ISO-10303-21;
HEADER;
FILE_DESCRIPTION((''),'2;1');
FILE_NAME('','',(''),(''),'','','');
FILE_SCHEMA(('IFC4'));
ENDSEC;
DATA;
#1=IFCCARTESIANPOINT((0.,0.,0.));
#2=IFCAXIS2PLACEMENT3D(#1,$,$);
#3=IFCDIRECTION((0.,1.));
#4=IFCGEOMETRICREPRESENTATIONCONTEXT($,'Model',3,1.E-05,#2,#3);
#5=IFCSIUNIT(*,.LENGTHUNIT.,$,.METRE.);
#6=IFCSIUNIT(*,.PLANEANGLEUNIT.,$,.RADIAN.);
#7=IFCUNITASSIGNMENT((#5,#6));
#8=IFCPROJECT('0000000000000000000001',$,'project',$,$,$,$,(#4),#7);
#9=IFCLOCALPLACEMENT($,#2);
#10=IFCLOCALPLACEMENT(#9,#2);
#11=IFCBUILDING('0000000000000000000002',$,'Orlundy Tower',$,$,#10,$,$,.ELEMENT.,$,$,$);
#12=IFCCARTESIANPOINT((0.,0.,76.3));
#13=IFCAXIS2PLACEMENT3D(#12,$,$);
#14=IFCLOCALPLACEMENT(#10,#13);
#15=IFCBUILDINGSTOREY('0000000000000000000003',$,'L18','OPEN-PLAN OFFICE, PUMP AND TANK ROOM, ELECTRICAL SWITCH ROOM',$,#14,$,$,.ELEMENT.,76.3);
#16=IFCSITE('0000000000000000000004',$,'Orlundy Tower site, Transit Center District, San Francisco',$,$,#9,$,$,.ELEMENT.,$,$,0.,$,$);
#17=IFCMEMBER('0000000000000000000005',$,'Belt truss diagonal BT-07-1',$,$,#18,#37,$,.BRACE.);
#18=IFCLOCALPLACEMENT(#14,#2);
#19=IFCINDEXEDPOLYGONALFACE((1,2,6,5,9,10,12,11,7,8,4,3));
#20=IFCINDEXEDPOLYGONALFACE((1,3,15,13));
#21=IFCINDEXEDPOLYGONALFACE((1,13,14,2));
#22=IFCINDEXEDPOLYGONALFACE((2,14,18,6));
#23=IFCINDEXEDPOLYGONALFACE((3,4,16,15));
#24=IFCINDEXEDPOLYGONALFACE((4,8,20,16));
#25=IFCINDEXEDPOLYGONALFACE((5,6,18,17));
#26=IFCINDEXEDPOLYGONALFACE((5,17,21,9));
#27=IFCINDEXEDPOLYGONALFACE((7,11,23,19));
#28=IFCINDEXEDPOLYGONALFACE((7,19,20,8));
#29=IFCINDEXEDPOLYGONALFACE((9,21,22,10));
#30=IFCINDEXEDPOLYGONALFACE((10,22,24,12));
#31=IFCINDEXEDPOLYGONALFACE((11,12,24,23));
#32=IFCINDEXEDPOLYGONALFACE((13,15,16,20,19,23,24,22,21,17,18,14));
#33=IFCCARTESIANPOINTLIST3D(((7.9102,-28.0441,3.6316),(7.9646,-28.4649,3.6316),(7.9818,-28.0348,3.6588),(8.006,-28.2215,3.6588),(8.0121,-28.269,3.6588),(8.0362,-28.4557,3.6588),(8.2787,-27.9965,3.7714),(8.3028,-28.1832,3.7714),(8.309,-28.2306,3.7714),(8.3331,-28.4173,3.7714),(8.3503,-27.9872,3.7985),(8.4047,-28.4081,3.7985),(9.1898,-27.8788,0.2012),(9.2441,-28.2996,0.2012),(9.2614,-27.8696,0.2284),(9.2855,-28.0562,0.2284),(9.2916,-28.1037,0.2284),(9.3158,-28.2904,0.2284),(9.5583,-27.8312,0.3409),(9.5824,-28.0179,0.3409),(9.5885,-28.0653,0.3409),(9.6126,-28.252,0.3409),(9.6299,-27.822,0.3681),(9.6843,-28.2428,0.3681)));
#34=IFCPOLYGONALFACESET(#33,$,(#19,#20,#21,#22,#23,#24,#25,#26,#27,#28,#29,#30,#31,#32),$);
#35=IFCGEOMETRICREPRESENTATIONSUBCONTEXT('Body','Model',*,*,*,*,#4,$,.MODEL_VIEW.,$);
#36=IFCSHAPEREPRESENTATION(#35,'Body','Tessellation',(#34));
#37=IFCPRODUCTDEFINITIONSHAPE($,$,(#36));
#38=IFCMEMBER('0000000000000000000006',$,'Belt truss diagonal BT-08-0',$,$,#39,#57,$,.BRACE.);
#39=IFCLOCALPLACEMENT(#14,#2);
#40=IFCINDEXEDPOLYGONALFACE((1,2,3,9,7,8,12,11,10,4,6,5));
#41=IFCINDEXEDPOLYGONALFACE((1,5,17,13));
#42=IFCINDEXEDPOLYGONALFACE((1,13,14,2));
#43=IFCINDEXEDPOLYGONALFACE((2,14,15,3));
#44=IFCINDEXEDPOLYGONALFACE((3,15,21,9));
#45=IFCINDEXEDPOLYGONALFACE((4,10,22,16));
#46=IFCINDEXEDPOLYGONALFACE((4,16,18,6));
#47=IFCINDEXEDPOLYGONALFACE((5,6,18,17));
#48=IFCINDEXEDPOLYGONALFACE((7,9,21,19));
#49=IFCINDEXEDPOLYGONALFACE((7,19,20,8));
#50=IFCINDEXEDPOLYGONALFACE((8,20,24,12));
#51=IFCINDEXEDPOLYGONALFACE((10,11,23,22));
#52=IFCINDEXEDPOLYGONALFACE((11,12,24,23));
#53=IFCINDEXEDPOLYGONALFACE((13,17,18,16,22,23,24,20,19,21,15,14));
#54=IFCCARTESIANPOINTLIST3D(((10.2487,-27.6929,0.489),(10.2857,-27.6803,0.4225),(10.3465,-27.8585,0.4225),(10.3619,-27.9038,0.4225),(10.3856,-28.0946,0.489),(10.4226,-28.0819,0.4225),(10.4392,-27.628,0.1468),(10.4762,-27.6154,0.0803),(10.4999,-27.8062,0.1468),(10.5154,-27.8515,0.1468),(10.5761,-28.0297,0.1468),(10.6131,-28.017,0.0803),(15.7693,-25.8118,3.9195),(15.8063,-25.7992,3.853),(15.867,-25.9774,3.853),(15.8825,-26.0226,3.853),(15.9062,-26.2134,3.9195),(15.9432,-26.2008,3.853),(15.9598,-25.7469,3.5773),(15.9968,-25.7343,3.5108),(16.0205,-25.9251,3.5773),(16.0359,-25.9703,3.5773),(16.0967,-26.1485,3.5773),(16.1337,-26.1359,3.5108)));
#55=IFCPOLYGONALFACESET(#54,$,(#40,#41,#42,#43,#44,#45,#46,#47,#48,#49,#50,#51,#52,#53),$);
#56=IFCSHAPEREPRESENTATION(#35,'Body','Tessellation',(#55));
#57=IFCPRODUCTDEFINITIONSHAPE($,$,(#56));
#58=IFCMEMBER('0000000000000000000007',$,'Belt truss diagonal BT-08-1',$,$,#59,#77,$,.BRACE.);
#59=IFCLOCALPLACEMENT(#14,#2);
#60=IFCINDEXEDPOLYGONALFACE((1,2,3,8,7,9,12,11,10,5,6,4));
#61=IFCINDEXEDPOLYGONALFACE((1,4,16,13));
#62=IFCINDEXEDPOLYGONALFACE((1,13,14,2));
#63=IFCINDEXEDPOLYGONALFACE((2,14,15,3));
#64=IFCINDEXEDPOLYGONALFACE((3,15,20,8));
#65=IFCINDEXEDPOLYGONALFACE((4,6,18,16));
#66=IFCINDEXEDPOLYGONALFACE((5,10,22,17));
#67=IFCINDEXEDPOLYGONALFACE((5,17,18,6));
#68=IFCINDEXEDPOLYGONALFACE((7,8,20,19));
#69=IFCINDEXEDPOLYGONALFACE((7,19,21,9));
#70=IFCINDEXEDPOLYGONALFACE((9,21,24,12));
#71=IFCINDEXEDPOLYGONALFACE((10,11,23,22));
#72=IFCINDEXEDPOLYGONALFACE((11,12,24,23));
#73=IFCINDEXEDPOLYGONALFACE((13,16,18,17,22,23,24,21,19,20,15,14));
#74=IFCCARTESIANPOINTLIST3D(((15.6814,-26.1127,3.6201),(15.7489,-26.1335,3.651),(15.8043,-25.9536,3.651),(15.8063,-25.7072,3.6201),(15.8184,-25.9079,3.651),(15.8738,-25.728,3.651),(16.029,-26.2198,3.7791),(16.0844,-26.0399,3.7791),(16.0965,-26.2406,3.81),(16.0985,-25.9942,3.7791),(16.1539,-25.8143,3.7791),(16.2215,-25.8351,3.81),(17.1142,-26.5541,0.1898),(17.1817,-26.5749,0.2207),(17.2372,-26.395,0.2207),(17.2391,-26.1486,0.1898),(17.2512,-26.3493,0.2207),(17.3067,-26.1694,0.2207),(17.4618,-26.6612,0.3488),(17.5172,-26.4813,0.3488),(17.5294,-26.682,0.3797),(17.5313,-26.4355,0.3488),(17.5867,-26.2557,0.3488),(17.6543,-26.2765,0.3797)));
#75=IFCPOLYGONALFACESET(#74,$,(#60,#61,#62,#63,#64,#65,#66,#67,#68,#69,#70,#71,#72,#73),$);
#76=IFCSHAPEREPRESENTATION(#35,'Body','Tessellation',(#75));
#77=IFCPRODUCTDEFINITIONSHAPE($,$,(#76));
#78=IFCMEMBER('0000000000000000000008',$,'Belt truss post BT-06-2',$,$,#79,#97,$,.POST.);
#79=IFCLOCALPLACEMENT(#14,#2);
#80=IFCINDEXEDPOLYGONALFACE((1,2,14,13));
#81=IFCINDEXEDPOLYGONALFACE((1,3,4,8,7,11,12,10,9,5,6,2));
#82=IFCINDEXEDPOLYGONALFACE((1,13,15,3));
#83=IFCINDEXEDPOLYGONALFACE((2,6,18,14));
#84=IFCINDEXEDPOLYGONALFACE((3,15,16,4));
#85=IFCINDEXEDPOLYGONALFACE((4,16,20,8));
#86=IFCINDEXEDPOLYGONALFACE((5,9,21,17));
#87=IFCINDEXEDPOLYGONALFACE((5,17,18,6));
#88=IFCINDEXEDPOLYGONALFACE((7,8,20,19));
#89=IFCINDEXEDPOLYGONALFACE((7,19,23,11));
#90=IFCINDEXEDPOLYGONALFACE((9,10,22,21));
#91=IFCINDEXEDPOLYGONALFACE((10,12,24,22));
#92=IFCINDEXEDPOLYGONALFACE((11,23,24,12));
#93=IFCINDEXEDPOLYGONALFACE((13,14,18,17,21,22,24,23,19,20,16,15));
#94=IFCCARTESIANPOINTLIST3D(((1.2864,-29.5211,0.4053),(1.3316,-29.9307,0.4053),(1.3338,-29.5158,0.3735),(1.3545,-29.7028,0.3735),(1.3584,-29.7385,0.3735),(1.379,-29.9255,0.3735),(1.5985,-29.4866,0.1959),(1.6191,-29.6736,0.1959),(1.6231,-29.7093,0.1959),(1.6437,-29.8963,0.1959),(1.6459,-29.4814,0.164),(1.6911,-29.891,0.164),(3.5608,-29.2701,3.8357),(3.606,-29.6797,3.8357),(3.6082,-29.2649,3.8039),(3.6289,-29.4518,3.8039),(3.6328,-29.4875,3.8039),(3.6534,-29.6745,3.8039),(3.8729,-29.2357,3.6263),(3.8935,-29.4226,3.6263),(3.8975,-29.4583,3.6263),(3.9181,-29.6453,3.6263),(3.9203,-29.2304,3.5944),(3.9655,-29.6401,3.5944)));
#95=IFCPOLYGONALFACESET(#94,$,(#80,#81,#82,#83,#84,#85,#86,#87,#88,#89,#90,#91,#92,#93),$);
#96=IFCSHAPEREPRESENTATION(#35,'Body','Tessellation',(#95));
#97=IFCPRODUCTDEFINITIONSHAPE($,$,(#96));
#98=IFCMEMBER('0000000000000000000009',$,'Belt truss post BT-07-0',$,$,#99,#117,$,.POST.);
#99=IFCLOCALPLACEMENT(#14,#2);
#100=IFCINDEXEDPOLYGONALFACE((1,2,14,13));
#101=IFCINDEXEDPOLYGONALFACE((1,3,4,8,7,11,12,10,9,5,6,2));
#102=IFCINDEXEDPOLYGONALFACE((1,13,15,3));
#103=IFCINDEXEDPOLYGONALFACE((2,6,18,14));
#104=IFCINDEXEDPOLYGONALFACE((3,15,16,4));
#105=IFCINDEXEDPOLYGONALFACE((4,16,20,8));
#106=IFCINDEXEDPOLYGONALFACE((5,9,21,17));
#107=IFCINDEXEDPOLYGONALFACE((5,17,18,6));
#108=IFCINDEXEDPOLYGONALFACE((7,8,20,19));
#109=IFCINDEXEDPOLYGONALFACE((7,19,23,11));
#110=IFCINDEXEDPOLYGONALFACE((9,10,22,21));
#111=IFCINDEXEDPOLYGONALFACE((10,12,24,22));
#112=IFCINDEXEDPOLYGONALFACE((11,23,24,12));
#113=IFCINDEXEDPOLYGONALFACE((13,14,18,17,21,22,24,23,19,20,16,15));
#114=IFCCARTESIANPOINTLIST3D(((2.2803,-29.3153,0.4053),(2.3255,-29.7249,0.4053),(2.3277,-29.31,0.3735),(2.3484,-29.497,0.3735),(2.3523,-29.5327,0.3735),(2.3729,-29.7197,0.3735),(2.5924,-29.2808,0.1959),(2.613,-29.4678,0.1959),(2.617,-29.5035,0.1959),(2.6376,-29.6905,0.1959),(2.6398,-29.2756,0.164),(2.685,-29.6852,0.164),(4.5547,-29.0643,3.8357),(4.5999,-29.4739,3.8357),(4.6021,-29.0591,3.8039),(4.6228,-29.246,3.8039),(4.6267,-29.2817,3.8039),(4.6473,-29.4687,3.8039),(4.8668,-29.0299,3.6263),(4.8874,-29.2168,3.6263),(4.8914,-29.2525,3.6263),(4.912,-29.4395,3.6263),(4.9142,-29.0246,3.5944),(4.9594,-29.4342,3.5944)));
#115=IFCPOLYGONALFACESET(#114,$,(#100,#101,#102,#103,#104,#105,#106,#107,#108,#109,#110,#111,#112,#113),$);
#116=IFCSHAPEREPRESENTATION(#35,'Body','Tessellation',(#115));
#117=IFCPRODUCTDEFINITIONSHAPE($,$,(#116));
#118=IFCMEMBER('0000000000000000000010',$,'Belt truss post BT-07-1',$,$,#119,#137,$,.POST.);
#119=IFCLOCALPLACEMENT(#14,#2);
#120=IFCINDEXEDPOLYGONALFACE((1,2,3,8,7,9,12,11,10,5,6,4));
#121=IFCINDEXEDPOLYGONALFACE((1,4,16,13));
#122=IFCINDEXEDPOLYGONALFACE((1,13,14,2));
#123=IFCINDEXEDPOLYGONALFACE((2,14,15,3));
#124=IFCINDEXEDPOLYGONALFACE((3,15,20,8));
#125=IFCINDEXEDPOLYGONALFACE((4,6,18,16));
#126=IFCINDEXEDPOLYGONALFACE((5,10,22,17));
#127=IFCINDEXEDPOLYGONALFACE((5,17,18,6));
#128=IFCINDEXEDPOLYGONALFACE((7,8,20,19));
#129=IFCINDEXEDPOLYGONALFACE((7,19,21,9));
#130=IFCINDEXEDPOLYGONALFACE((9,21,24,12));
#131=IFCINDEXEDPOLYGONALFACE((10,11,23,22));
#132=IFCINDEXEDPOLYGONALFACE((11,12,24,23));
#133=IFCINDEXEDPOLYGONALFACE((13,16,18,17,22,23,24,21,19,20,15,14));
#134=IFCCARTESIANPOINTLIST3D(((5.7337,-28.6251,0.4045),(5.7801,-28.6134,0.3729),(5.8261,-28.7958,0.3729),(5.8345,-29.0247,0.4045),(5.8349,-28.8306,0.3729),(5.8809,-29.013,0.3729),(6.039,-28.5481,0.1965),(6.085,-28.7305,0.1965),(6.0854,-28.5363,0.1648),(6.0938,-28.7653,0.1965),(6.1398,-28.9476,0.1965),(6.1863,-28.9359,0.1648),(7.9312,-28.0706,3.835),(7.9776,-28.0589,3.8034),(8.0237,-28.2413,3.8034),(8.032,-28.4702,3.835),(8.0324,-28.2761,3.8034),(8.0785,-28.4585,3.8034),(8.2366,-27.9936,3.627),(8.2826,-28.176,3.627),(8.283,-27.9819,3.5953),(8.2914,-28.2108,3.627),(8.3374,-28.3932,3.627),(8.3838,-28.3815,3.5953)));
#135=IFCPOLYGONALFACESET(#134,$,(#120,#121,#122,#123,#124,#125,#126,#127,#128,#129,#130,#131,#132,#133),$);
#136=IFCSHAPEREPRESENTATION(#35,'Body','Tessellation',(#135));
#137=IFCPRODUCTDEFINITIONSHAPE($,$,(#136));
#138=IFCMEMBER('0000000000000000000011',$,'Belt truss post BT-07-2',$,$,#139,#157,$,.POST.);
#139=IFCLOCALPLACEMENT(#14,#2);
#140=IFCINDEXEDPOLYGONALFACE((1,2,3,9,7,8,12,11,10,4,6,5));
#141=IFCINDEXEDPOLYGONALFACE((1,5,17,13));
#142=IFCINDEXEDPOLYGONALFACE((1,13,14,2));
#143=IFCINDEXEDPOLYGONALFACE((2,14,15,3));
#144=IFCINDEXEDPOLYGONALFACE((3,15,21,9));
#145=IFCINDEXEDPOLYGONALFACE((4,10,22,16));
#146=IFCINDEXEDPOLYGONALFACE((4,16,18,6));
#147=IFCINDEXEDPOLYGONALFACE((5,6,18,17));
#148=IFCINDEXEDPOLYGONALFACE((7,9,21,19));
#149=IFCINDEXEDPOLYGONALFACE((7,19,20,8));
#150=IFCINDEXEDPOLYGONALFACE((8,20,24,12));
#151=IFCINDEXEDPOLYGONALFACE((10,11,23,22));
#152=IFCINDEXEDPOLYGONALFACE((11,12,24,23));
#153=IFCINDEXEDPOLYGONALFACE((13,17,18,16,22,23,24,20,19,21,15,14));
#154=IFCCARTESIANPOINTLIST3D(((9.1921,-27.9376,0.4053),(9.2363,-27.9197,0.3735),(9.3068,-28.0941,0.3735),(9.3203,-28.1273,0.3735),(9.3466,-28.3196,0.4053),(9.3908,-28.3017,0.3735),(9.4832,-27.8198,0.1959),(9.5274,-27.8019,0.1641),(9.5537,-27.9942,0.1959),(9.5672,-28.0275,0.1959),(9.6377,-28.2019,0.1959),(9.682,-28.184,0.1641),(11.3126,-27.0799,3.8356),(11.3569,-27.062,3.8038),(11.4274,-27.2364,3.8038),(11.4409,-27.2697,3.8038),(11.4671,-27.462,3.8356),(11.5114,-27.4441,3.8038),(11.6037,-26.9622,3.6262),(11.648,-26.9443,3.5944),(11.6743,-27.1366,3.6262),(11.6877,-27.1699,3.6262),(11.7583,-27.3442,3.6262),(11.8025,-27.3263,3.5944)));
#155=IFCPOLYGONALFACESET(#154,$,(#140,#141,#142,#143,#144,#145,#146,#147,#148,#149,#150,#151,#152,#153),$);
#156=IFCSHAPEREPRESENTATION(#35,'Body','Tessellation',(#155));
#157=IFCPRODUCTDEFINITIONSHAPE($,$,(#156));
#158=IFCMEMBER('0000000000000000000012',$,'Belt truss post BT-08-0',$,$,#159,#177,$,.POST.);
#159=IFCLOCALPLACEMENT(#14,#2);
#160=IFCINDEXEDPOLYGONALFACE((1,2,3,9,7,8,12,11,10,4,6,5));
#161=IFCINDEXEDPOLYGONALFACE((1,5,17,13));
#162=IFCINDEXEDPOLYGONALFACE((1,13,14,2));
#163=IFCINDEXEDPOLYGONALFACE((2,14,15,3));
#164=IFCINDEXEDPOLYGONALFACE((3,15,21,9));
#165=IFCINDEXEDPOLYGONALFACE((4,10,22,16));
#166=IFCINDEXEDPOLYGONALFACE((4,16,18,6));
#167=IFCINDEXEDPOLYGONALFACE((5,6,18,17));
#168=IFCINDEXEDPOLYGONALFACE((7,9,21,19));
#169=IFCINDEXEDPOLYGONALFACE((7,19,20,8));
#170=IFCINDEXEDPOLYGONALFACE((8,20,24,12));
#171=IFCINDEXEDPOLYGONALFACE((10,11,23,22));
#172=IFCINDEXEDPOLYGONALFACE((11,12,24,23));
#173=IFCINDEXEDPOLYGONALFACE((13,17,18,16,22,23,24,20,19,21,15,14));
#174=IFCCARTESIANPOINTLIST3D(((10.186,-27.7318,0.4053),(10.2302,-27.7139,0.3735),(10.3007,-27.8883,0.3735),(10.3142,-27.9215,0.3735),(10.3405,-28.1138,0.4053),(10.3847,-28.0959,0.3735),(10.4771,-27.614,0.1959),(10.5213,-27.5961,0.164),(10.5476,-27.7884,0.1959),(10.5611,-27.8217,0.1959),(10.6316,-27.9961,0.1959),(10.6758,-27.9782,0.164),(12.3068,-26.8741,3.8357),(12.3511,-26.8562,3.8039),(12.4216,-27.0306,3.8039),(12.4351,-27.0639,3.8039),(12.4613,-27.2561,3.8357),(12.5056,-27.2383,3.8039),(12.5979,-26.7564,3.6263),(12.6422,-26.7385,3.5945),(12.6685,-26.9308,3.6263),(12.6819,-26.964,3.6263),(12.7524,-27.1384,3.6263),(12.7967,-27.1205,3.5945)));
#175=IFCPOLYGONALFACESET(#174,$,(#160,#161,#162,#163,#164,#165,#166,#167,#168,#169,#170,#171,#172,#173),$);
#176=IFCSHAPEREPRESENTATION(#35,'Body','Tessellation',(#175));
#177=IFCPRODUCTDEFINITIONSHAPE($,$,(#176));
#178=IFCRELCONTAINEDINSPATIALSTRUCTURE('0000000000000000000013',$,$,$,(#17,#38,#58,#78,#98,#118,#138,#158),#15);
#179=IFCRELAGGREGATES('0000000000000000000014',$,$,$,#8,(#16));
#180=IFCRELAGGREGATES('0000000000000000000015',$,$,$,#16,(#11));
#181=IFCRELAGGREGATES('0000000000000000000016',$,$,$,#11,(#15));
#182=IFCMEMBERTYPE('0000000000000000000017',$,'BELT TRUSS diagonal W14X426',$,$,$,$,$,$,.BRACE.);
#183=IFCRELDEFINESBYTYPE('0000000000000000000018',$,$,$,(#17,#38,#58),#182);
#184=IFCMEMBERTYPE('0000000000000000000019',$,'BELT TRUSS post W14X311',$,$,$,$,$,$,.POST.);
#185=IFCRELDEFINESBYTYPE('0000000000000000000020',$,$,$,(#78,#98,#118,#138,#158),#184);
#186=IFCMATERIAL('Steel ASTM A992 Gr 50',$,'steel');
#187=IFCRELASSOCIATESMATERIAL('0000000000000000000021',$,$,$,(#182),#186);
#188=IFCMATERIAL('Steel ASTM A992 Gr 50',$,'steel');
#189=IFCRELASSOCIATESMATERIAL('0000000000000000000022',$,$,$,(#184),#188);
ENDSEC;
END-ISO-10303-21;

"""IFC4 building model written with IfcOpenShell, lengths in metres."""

from ifc_helpers import new_model, si_unit, direction, frame, origin, origin_2d, place, context, subcontext, project, spatial, i_section, extrude, material, material_profile, profile_set, type_object, element, save


model = new_model("IFC4")

# Units and contexts
model_context = context("Model", 3, precision=1e-05, world=origin(), true_north=direction((0.0, 1.0)))
body_context = subcontext(model_context, "Body", "Model", "MODEL_VIEW")
ifc_project = project(units=[si_unit("LENGTHUNIT", "METRE"), si_unit("PLANEANGLEUNIT", "RADIAN")], contexts=[model_context])

# Site, building, storey
site_placement = place(None, origin())
site = spatial("IfcSite", under=ifc_project, at=site_placement, Name="Orlundy Tower site, Transit Center District, San Francisco", CompositionType="ELEMENT", RefElevation=0.0)
building_placement = place(site_placement, origin())
building = spatial("IfcBuilding", under=site, at=building_placement, Name="Orlundy Tower", CompositionType="ELEMENT")
storey_placement = place(building_placement, frame((0.0, 0.0, 76.3)))
storey = spatial("IfcBuildingStorey", under=building, at=storey_placement, Name="L18", Description="OPEN-PLAN OFFICE, PUMP AND TANK ROOM, ELECTRICAL SWITCH ROOM", CompositionType="ELEMENT", Elevation=76.3)

# Members
ifc_material_1 = material(Name="Steel ASTM A992 Gr 50", Category="steel")
ifc_material_profile_1 = material_profile(ifc_material_1, i_section(OverallWidth=0.4243, OverallDepth=0.4741, WebThickness=0.0479, FlangeThickness=0.0771, at=origin_2d()), Name="W14X426")
ifc_profile_set_1 = profile_set([ifc_material_profile_1], Name="Steel ASTM A992 Gr 50")
member_type_1 = type_object("IfcMemberType", Name="BELT TRUSS diagonal W14X426", PredefinedType="BRACE", material=ifc_profile_set_1)
member_1_placement = place(storey_placement, frame((8.1575, -28.2261, 3.7151), z_axis=(0.349123, 0.045098, -0.935991), x_axis=(-0.128109, 0.99176, 0.0)))
element("IfcMember", 1, at=member_1_placement, inside=storey, type_object=member_type_1, Name="Belt truss diagonal BT-07-1", PredefinedType="BRACE", context=body_context, shape_type="SweptSolid", body=[
    extrude(i_section(OverallWidth=0.4243, OverallDepth=0.4741, WebThickness=0.0479, FlangeThickness=0.0771, at=origin_2d()), origin(), (0.0, 0.0, 1.0), 3.665),
])
member_2_placement = place(storey_placement, frame((10.4309, -27.855, 0.2847), z_axis=(0.815887, 0.278012, 0.506989), x_axis=(-0.322538, 0.946557, 0.0)))
element("IfcMember", 2, at=member_2_placement, inside=storey, type_object=member_type_1, Name="Belt truss diagonal BT-08-0", PredefinedType="BRACE", context=body_context, shape_type="SweptSolid", body=[
    extrude(i_section(OverallWidth=0.4243, OverallDepth=0.4741, WebThickness=0.0479, FlangeThickness=0.0771, at=origin_2d()), origin(), (0.0, 0.0, 1.0), 6.7664),
])
member_3_placement = place(storey_placement, frame((15.9514, -25.9739, 3.7151), z_axis=(0.382734, -0.117905, -0.916304), x_axis=(0.294406, 0.95568, 0.0)))
element("IfcMember", 3, at=member_3_placement, inside=storey, type_object=member_type_1, Name="Belt truss diagonal BT-08-1", PredefinedType="BRACE", context=body_context, shape_type="SweptSolid", body=[
    extrude(i_section(OverallWidth=0.4243, OverallDepth=0.4741, WebThickness=0.0479, FlangeThickness=0.0771, at=origin_2d()), origin(), (0.0, 0.0, 1.0), 3.7437),
])
ifc_material_2 = material(Name="Steel ASTM A992 Gr 50", Category="steel")
ifc_material_profile_2 = material_profile(ifc_material_2, i_section(OverallWidth=0.4121, OverallDepth=0.4348, WebThickness=0.0359, FlangeThickness=0.0574, at=origin_2d()), Name="W14X311")
ifc_profile_set_2 = profile_set([ifc_material_profile_2], Name="Steel ASTM A992 Gr 50")
member_type_2 = type_object("IfcMemberType", Name="BELT TRUSS post W14X311", PredefinedType="POST", material=ifc_profile_set_2)
for number, where, z_axis, x_axis, name in (
    (4, (1.4888, -29.7061, 0.2847), (0.551566, 0.060864, 0.831908), (-0.109682, 0.993967, 0.0), "Belt truss post BT-06-2"),
    (5, (2.4827, -29.5002, 0.2847), (0.551566, 0.060864, 0.831908), (-0.109682, 0.993967, 0.0), "Belt truss post BT-07-0"),
):
    element("IfcMember", number, at=place(storey_placement, frame(where, z_axis=z_axis, x_axis=x_axis)), inside=storey, type_object=member_type_2, Name=name, PredefinedType="POST", context=body_context, shape_type="SweptSolid", body=[
        extrude(i_section(OverallWidth=0.4121, OverallDepth=0.4348, WebThickness=0.0359, FlangeThickness=0.0574, at=origin_2d()), origin(), (0.0, 0.0, 1.0), 4.1235),
    ])
member_4_placement = place(storey_placement, frame((5.96, -28.7805, 0.2847), z_axis=(0.534482, 0.134853, 0.834352), x_axis=(-0.244639, 0.969614, 0.0)))
element("IfcMember", 6, at=member_4_placement, inside=storey, type_object=member_type_2, Name="Belt truss post BT-07-1", PredefinedType="POST", context=body_context, shape_type="SweptSolid", body=[
    extrude(i_section(OverallWidth=0.4121, OverallDepth=0.4348, WebThickness=0.0359, FlangeThickness=0.0574, at=origin_2d()), origin(), (0.0, 0.0, 1.0), 4.1116),
])
member_5_placement = place(storey_placement, frame((9.437, -28.0608, 0.2847), z_axis=(0.514317, 0.208012, 0.831991), x_axis=(-0.374939, 0.927049, 0.0)))
element("IfcMember", 7, at=member_5_placement, inside=storey, type_object=member_type_2, Name="Belt truss post BT-07-2", PredefinedType="POST", context=body_context, shape_type="SweptSolid", body=[
    extrude(i_section(OverallWidth=0.4121, OverallDepth=0.4348, WebThickness=0.0359, FlangeThickness=0.0574, at=origin_2d()), origin(), (0.0, 0.0, 1.0), 4.123),
])
member_6_placement = place(storey_placement, frame((10.4309, -27.855, 0.2847), z_axis=(0.514361, 0.208006, 0.831965), x_axis=(-0.374902, 0.927064, 0.0)))
element("IfcMember", 8, at=member_6_placement, inside=storey, type_object=member_type_2, Name="Belt truss post BT-08-0", PredefinedType="POST", context=body_context, shape_type="SweptSolid", body=[
    extrude(i_section(OverallWidth=0.4121, OverallDepth=0.4348, WebThickness=0.0359, FlangeThickness=0.0574, at=origin_2d()), origin(), (0.0, 0.0, 1.0), 4.1233),
])

save(model, "model.ifc")
